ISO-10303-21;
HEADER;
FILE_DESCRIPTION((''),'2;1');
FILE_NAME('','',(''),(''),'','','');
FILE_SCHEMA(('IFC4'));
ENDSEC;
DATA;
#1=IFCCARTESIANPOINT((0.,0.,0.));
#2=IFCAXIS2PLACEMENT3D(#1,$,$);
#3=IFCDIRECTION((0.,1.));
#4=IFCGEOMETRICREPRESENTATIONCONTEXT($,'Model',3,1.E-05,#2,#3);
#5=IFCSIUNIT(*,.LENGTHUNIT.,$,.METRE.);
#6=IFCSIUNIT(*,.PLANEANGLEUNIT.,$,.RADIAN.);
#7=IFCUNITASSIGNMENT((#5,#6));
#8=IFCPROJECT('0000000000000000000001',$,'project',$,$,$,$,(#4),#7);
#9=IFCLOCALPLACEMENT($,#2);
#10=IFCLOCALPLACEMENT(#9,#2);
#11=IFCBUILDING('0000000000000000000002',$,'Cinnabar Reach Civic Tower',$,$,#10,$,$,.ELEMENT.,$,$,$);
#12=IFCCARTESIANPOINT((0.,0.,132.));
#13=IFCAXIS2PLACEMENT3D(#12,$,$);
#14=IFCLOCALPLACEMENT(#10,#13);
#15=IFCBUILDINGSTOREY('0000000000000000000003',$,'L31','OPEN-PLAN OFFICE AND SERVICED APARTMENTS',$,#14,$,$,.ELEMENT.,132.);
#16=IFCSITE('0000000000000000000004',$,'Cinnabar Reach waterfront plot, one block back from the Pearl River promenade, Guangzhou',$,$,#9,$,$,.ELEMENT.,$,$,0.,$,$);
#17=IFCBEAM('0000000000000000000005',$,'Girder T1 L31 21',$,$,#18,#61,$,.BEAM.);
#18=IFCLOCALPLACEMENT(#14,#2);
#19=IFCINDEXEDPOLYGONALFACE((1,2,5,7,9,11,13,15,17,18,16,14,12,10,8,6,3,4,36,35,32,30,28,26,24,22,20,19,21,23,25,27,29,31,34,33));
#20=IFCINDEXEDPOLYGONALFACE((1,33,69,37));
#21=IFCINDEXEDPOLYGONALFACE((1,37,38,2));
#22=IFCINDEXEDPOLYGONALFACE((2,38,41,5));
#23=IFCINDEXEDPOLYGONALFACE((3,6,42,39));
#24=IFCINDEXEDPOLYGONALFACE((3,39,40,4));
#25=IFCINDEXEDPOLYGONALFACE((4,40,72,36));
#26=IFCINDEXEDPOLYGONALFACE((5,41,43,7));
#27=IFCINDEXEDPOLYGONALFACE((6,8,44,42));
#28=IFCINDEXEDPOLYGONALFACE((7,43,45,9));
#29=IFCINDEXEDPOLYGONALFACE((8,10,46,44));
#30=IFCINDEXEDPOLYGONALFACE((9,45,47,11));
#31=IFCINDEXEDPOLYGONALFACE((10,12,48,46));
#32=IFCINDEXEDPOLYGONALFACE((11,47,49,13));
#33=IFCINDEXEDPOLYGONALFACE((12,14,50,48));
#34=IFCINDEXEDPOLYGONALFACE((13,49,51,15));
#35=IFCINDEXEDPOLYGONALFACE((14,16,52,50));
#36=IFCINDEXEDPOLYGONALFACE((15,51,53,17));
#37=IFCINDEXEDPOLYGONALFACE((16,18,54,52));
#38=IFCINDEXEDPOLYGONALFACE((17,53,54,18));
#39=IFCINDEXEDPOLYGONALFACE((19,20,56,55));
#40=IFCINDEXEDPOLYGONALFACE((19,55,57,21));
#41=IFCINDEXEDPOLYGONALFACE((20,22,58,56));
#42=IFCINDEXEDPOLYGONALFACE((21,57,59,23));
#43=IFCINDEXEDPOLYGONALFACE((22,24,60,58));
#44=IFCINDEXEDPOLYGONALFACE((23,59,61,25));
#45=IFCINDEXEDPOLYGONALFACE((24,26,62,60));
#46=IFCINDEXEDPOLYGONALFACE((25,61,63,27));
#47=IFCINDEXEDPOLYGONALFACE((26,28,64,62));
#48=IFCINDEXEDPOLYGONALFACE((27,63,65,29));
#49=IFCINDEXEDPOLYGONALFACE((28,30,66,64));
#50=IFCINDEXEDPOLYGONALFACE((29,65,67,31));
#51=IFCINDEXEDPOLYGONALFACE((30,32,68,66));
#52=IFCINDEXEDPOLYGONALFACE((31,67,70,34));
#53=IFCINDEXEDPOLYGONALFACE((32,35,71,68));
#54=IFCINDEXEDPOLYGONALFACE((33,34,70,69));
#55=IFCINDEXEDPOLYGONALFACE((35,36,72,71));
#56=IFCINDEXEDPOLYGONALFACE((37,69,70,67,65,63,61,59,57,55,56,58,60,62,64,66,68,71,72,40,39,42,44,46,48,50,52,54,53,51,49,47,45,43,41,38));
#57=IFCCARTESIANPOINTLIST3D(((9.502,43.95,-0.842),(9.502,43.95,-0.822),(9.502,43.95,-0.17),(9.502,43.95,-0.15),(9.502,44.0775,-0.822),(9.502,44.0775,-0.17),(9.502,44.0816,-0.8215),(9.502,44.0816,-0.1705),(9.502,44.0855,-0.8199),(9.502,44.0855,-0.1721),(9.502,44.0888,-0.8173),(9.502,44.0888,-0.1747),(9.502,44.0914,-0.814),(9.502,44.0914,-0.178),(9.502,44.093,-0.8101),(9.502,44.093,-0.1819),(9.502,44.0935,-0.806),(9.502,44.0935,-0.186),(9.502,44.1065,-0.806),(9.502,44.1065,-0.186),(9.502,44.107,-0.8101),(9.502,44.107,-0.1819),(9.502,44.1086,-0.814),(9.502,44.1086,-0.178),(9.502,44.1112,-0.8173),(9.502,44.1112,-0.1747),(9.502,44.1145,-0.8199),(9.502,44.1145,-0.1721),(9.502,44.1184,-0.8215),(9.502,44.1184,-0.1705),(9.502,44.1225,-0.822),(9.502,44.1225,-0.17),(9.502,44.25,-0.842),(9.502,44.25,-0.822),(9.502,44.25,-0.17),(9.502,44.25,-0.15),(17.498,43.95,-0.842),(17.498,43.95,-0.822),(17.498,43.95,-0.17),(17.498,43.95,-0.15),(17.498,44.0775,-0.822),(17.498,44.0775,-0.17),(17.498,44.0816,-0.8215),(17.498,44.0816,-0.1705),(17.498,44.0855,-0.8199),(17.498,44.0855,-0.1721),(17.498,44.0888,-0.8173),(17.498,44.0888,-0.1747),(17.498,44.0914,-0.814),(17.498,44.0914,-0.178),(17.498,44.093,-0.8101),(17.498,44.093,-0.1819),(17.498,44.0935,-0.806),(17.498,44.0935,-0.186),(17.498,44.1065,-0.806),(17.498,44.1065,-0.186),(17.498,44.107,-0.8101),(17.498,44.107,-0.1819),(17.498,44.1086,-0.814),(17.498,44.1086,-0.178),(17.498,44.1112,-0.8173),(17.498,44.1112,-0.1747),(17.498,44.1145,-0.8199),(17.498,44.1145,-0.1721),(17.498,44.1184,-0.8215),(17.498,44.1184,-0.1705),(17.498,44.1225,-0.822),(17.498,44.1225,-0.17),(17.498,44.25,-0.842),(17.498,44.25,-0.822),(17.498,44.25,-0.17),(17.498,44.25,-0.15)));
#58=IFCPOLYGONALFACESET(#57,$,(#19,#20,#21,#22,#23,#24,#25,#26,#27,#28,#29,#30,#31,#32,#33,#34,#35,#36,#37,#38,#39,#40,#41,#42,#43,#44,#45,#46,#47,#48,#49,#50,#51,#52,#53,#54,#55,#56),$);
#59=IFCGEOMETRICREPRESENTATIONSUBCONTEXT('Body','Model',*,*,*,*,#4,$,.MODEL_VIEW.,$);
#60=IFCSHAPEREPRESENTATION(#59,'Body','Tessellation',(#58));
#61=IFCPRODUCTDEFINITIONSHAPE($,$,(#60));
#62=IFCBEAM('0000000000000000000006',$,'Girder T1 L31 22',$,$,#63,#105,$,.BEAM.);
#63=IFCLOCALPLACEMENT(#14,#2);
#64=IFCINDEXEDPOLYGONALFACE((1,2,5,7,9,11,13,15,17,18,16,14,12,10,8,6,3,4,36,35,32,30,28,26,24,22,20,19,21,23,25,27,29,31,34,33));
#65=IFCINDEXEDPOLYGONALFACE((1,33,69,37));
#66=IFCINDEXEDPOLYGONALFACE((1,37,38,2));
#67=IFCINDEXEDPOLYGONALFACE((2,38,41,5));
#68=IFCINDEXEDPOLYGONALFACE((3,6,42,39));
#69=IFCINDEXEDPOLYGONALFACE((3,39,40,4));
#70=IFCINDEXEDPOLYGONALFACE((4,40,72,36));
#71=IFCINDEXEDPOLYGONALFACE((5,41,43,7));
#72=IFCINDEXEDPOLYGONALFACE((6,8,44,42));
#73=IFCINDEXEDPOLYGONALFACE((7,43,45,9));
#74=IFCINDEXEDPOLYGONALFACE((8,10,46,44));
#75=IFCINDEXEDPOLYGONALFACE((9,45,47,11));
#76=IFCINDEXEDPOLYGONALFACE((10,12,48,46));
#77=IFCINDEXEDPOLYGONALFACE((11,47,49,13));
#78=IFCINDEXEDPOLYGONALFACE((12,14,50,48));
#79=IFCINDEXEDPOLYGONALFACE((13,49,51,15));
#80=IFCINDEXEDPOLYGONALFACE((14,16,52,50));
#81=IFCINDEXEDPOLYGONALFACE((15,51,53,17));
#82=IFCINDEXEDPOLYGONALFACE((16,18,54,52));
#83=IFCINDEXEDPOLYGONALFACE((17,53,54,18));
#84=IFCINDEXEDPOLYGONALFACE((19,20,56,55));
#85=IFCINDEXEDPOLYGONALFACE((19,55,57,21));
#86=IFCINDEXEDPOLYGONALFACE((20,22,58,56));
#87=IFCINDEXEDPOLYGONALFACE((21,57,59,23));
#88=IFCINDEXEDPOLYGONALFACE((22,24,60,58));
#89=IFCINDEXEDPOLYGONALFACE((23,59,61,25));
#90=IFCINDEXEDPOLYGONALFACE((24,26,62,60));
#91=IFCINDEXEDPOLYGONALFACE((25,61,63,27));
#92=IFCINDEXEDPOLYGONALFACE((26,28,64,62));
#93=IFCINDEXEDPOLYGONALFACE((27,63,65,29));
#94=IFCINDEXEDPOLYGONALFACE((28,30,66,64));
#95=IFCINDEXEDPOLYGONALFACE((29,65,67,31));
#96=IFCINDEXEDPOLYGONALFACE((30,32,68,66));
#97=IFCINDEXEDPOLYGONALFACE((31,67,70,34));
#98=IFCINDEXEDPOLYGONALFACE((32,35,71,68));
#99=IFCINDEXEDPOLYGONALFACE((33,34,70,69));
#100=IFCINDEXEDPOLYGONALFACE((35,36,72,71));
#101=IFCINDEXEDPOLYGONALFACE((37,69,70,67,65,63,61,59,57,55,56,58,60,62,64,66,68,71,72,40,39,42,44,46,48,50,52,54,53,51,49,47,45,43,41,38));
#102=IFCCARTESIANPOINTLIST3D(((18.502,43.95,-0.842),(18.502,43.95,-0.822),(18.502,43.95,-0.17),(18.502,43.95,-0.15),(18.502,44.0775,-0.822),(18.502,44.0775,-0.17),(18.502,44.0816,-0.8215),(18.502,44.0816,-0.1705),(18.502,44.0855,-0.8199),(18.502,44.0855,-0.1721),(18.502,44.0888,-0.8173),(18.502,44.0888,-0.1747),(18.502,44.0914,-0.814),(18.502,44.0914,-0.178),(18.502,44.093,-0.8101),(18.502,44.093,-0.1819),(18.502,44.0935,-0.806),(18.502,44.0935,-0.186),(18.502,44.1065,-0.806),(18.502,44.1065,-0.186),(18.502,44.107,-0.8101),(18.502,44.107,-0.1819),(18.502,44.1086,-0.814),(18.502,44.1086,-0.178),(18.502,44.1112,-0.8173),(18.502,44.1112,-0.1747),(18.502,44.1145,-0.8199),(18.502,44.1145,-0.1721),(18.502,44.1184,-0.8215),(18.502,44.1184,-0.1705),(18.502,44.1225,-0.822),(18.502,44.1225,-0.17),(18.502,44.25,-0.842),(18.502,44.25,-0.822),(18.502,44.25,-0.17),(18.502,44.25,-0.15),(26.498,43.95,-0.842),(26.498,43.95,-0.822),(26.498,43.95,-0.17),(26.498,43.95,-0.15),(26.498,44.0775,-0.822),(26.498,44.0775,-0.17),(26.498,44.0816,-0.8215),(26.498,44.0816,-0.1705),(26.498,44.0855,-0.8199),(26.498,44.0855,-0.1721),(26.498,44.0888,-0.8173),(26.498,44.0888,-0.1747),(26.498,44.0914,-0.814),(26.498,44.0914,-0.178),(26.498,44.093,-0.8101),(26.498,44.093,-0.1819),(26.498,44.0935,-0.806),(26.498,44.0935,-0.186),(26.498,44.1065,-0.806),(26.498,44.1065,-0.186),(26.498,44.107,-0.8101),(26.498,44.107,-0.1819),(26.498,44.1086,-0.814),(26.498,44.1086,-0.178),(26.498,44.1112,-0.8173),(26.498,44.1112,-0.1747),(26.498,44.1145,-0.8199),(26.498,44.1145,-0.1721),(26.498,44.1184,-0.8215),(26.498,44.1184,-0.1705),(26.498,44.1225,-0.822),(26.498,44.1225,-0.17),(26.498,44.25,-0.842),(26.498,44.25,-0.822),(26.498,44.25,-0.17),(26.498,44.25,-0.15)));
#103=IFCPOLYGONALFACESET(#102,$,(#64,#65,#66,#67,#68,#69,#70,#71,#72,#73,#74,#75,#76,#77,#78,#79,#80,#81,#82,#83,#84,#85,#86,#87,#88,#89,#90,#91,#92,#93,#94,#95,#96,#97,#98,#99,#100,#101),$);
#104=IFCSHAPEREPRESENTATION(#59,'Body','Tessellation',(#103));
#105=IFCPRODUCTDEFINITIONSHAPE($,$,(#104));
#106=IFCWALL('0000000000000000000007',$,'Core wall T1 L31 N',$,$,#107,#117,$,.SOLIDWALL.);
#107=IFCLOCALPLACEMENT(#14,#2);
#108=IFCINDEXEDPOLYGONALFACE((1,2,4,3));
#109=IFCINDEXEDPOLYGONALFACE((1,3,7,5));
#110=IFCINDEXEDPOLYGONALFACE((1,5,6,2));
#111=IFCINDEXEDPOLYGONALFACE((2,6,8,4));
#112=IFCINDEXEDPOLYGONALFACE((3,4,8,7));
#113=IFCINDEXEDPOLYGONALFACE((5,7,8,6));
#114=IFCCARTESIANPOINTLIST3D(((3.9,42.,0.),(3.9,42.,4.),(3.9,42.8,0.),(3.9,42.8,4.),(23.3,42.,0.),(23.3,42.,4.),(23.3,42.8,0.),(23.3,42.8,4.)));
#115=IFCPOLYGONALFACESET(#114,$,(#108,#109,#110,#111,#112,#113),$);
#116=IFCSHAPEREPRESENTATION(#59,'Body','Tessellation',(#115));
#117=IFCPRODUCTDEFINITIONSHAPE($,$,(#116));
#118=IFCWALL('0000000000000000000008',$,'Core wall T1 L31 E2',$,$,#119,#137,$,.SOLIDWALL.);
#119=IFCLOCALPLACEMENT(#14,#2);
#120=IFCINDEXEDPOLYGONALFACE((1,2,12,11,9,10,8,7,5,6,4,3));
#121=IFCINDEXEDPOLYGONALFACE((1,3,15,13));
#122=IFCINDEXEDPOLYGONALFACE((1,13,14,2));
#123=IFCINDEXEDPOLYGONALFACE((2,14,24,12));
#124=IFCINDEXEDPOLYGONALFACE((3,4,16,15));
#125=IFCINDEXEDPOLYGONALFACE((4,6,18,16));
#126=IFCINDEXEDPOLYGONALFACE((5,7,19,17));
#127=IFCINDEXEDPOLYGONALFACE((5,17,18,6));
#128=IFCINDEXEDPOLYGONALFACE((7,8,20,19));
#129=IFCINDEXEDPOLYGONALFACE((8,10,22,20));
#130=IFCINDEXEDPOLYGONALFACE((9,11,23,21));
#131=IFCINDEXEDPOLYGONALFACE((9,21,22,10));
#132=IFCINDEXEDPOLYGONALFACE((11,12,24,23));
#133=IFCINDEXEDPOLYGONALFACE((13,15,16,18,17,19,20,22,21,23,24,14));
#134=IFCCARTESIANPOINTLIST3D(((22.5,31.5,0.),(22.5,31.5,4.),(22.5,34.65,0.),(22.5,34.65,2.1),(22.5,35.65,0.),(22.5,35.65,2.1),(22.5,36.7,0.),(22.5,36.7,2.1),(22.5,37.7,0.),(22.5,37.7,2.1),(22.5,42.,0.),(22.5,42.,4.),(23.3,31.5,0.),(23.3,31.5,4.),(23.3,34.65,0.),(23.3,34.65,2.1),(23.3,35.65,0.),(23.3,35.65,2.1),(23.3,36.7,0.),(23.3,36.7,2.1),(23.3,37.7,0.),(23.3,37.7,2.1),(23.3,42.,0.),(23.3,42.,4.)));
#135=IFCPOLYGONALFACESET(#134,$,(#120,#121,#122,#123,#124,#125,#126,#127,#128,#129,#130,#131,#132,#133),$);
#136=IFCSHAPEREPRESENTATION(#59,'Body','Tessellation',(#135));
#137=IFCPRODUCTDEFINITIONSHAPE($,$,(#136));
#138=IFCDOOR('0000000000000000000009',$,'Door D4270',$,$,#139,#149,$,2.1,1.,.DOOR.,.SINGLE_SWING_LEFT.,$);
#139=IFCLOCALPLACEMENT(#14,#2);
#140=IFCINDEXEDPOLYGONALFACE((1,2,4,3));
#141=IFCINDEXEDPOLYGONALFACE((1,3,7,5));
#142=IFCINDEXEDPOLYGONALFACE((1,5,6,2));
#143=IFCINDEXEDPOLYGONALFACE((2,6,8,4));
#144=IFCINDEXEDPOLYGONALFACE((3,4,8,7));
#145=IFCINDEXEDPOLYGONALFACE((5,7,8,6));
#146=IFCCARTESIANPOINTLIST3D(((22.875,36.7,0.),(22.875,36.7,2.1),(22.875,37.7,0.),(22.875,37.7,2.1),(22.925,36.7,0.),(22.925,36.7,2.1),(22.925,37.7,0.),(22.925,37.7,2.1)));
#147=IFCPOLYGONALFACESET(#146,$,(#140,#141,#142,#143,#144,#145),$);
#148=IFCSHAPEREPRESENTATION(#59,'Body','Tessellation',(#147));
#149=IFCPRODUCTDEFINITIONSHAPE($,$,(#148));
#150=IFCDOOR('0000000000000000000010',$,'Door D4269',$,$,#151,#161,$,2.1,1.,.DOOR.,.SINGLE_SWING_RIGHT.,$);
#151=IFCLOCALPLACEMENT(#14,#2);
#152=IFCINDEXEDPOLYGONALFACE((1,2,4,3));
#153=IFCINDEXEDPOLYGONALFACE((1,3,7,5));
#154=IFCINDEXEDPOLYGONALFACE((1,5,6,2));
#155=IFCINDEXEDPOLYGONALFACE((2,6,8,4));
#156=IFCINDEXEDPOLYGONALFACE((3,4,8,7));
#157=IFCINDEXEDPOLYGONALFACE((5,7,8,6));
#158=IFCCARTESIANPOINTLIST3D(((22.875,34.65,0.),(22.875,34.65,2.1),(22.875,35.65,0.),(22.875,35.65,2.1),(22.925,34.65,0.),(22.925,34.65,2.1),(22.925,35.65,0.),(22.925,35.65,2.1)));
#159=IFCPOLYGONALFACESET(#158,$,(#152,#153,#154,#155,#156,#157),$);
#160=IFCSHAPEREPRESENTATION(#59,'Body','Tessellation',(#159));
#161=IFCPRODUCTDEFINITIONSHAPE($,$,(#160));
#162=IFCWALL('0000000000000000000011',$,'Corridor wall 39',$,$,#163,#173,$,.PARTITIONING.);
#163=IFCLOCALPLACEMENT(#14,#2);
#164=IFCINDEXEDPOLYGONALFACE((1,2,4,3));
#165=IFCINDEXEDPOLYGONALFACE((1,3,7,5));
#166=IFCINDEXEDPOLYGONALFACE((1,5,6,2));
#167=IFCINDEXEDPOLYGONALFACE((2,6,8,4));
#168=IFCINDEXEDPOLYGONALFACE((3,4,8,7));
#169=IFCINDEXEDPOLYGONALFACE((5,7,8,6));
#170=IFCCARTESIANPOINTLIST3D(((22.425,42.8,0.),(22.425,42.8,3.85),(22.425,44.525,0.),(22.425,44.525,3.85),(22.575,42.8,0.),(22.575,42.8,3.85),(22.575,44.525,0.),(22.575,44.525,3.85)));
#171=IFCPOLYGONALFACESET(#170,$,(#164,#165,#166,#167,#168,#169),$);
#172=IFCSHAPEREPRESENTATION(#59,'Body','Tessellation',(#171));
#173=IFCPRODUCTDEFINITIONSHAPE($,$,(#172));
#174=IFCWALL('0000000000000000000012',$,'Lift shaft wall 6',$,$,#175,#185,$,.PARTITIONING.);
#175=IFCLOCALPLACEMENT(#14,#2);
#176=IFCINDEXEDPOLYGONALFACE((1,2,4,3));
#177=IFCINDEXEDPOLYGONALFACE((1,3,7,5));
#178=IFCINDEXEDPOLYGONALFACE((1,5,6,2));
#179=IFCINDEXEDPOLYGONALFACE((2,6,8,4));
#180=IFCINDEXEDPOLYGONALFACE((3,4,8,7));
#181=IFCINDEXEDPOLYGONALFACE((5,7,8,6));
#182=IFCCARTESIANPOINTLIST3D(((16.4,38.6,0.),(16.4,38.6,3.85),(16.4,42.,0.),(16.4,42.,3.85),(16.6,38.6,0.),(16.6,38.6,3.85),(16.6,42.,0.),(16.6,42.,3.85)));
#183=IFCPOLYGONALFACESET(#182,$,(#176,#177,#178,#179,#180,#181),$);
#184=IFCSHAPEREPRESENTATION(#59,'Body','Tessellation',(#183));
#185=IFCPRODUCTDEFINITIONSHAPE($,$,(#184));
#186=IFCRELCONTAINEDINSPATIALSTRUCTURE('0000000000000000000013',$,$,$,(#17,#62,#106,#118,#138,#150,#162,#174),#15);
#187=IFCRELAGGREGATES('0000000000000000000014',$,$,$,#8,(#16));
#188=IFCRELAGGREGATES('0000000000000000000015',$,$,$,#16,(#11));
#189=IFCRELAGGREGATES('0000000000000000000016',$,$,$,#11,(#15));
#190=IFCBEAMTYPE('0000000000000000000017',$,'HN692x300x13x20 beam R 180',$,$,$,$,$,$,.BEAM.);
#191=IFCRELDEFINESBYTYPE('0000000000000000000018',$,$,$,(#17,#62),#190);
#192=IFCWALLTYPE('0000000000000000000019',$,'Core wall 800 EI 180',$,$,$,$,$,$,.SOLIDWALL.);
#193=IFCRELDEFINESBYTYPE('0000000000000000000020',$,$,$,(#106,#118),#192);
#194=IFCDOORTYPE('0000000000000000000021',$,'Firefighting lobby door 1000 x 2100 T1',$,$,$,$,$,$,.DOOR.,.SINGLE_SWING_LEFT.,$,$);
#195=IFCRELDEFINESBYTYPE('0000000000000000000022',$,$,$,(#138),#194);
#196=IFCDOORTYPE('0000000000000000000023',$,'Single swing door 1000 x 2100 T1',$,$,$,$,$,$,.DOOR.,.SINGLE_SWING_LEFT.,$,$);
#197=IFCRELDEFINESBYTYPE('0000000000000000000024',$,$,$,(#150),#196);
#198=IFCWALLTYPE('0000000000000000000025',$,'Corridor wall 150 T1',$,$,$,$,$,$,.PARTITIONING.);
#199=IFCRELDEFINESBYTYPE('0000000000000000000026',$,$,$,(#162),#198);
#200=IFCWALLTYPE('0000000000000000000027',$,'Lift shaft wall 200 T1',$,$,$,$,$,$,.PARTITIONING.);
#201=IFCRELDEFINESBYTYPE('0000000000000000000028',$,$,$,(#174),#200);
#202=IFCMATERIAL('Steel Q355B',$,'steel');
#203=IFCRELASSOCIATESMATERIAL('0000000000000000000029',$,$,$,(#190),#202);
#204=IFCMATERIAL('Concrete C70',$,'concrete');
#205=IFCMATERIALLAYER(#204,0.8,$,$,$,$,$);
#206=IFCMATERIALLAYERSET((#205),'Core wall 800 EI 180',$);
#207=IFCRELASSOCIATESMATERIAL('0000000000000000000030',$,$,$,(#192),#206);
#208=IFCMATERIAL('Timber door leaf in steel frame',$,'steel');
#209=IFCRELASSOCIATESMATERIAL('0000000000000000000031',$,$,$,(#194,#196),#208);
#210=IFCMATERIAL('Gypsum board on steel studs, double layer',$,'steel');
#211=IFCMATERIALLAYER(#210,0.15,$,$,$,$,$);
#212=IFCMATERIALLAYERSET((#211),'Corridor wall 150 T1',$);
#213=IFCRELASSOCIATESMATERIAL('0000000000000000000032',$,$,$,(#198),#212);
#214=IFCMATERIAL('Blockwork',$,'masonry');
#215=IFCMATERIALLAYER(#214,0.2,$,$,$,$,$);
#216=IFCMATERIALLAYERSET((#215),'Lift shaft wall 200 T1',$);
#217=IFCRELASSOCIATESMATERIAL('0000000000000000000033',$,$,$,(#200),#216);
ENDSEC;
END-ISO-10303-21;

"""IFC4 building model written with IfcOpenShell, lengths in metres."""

from ifc_helpers import new_model, si_unit, direction, frame, frame_2d, origin, origin_2d, place, context, subcontext, project, spatial, rectangle, i_section, extrude, material, layer, layer_set, material_profile, profile_set, type_object, element, fill, save


model = new_model("IFC4")

# Units and contexts
model_context = context("Model", 3, precision=1e-05, world=origin(), true_north=direction((0.0, 1.0)))
body_context = subcontext(model_context, "Body", "Model", "MODEL_VIEW")
ifc_project = project(units=[si_unit("LENGTHUNIT", "METRE"), si_unit("PLANEANGLEUNIT", "RADIAN")], contexts=[model_context])

# Site, building, storey
site_placement = place(None, origin())
site = spatial("IfcSite", under=ifc_project, at=site_placement, Name="Cinnabar Reach waterfront plot, one block back from the Pearl River promenade, Guangzhou", CompositionType="ELEMENT", RefElevation=0.0)
building_placement = place(site_placement, origin())
building = spatial("IfcBuilding", under=site, at=building_placement, Name="Cinnabar Reach Civic Tower", CompositionType="ELEMENT")
storey_placement = place(building_placement, frame((0.0, 0.0, 132.0)))
storey = spatial("IfcBuildingStorey", under=building, at=storey_placement, Name="L31", Description="OPEN-PLAN OFFICE AND SERVICED APARTMENTS", CompositionType="ELEMENT", Elevation=132.0)

# Shared definitions
ifc_material_1 = material(Name="Concrete C70", Category="concrete")

# Beams
ifc_material_2 = material(Name="Steel Q355B", Category="steel")
ifc_material_profile_1 = material_profile(ifc_material_2, i_section(OverallWidth=0.3, OverallDepth=0.692, WebThickness=0.013, FlangeThickness=0.02, FilletRadius=0.016, at=origin_2d()), Name="HN692x300x13x20")
ifc_profile_set_1 = profile_set([ifc_material_profile_1], Name="Steel Q355B")
beam_type_1 = type_object("IfcBeamType", Name="HN692x300x13x20 beam R 180", PredefinedType="BEAM", material=ifc_profile_set_1)
for number, where, z_axis, x_axis, name in (
    (1, (9.502, 44.1, -0.496), (1.0, 0.0, 0.0), (0.0, 1.0, 0.0), "Girder T1 L31 21"),
    (2, (18.502, 44.1, -0.496), (1.0, 0.0, 0.0), (0.0, 1.0, 0.0), "Girder T1 L31 22"),
):
    element("IfcBeam", number, at=place(storey_placement, frame(where, z_axis=z_axis, x_axis=x_axis)), inside=storey, type_object=beam_type_1, Name=name, PredefinedType="BEAM", context=body_context, shape_type="SweptSolid", body=[
        extrude(i_section(OverallWidth=0.3, OverallDepth=0.692, WebThickness=0.013, FlangeThickness=0.02, FilletRadius=0.016, at=origin_2d()), origin(), (0.0, 0.0, 1.0), 7.996),
    ])

# Wall
ifc_layer_1 = layer(ifc_material_1, 0.8)
ifc_layer_set_1 = layer_set([ifc_layer_1], Name="Core wall 800 EI 180")
wall_type_1 = type_object("IfcWallType", Name="Core wall 800 EI 180", PredefinedType="SOLIDWALL", material=ifc_layer_set_1)
wall_1_placement = place(storey_placement, frame((23.3, 42.4, 0.0), z_axis=(0.0, 0.0, 1.0), x_axis=(-1.0, 0.0, 0.0)))
element("IfcWall", 3, at=wall_1_placement, inside=storey, type_object=wall_type_1, Name="Core wall T1 L31 N", PredefinedType="SOLIDWALL", context=body_context, shape_type="SweptSolid", body=[
    extrude(rectangle(XDim=19.4, YDim=0.8, at=frame_2d((9.7, 0.0))), origin(), (0.0, 0.0, 1.0), 4.0),
])

# Wall, openings, doors
wall_2_placement = place(storey_placement, frame((22.9, 31.5, 0.0), z_axis=(0.0, 0.0, 1.0), x_axis=(0.0, 1.0, 0.0)))
wall_2 = element("IfcWall", 4, at=wall_2_placement, inside=storey, type_object=wall_type_1, Name="Core wall T1 L31 E2", PredefinedType="SOLIDWALL", context=body_context, shape_type="SweptSolid", body=[
    extrude(rectangle(XDim=10.5, YDim=0.8, at=frame_2d((5.25, 0.0))), origin(), (0.0, 0.0, 1.0), 4.0),
])
opening_1_placement = place(wall_2_placement, frame((3.15, 0.0, 0.0)))
opening_1 = element("IfcOpeningElement", 5, at=opening_1_placement, cuts=wall_2, PredefinedType="OPENING", context=body_context, shape_type="SweptSolid", body=[
    extrude(rectangle(XDim=1.0, YDim=2.1, at=frame_2d((0.5, 1.05))), frame((0.0, 0.41, 0.0), z_axis=(0.0, -1.0, 0.0), x_axis=(1.0, 0.0, 0.0)), (0.0, 0.0, 1.0), 0.82),
])
opening_2_placement = place(wall_2_placement, frame((5.2, 0.0, 0.0)))
opening_2 = element("IfcOpeningElement", 6, at=opening_2_placement, cuts=wall_2, PredefinedType="OPENING", context=body_context, shape_type="SweptSolid", body=[
    extrude(rectangle(XDim=1.0, YDim=2.1, at=frame_2d((0.5, 1.05))), frame((0.0, 0.41, 0.0), z_axis=(0.0, -1.0, 0.0), x_axis=(1.0, 0.0, 0.0)), (0.0, 0.0, 1.0), 0.82),
])
ifc_material_3 = material(Name="Timber door leaf in steel frame", Category="steel")
door_type_1 = type_object("IfcDoorType", Name="Firefighting lobby door 1000 x 2100 T1", OperationType="SINGLE_SWING_LEFT", PredefinedType="DOOR", material=ifc_material_3)
door_1_placement = place(opening_2_placement, origin())
door_1 = element("IfcDoor", 7, at=door_1_placement, inside=storey, type_object=door_type_1, Name="Door D4270", OperationType="SINGLE_SWING_LEFT", OverallHeight=2.1, OverallWidth=1.0, PredefinedType="DOOR", context=body_context, shape_type="SweptSolid", body=[
    extrude(rectangle(XDim=1.0, YDim=2.1, at=frame_2d((0.5, 1.05))), frame((0.0, 0.025, 0.0), z_axis=(0.0, -1.0, 0.0), x_axis=(1.0, 0.0, 0.0)), (0.0, 0.0, 1.0), 0.05),
])
fill(opening_2, door_1)
door_type_2 = type_object("IfcDoorType", Name="Single swing door 1000 x 2100 T1", OperationType="SINGLE_SWING_LEFT", PredefinedType="DOOR", material=ifc_material_3)
door_2_placement = place(opening_1_placement, origin())
door_2 = element("IfcDoor", 8, at=door_2_placement, inside=storey, type_object=door_type_2, Name="Door D4269", OperationType="SINGLE_SWING_RIGHT", OverallHeight=2.1, OverallWidth=1.0, PredefinedType="DOOR", context=body_context, shape_type="SweptSolid", body=[
    extrude(rectangle(XDim=1.0, YDim=2.1, at=frame_2d((0.5, 1.05))), frame((0.0, 0.025, 0.0), z_axis=(0.0, -1.0, 0.0), x_axis=(1.0, 0.0, 0.0)), (0.0, 0.0, 1.0), 0.05),
])
fill(opening_1, door_2)

# Walls
ifc_material_4 = material(Name="Gypsum board on steel studs, double layer", Category="steel")
ifc_layer_2 = layer(ifc_material_4, 0.15)
ifc_layer_set_2 = layer_set([ifc_layer_2], Name="Corridor wall 150 T1")
wall_type_2 = type_object("IfcWallType", Name="Corridor wall 150 T1", PredefinedType="PARTITIONING", material=ifc_layer_set_2)
wall_3_placement = place(storey_placement, frame((22.5, 42.8, 0.0), z_axis=(0.0, 0.0, 1.0), x_axis=(0.0, 1.0, 0.0)))
element("IfcWall", 9, at=wall_3_placement, inside=storey, type_object=wall_type_2, Name="Corridor wall 39", PredefinedType="PARTITIONING", context=body_context, shape_type="SweptSolid", body=[
    extrude(rectangle(XDim=1.725, YDim=0.15, at=frame_2d((0.8625, 0.0))), origin(), (0.0, 0.0, 1.0), 3.85),
])
ifc_material_5 = material(Name="Blockwork", Category="masonry")
ifc_layer_3 = layer(ifc_material_5, 0.2)
ifc_layer_set_3 = layer_set([ifc_layer_3], Name="Lift shaft wall 200 T1")
wall_type_3 = type_object("IfcWallType", Name="Lift shaft wall 200 T1", PredefinedType="PARTITIONING", material=ifc_layer_set_3)
for number, where, z_axis, x_axis, name in (
    (10, (16.5, 38.6, 0.0), (0.0, 0.0, 1.0), (0.0, 1.0, 0.0), "Lift shaft wall 6"),
):
    element("IfcWall", number, at=place(storey_placement, frame(where, z_axis=z_axis, x_axis=x_axis)), inside=storey, type_object=wall_type_3, Name=name, PredefinedType="PARTITIONING", context=body_context, shape_type="SweptSolid", body=[
        extrude(rectangle(XDim=3.4, YDim=0.2, at=frame_2d((1.7, 0.0))), origin(), (0.0, 0.0, 1.0), 3.85),
    ])

save(model, "model.ifc")
